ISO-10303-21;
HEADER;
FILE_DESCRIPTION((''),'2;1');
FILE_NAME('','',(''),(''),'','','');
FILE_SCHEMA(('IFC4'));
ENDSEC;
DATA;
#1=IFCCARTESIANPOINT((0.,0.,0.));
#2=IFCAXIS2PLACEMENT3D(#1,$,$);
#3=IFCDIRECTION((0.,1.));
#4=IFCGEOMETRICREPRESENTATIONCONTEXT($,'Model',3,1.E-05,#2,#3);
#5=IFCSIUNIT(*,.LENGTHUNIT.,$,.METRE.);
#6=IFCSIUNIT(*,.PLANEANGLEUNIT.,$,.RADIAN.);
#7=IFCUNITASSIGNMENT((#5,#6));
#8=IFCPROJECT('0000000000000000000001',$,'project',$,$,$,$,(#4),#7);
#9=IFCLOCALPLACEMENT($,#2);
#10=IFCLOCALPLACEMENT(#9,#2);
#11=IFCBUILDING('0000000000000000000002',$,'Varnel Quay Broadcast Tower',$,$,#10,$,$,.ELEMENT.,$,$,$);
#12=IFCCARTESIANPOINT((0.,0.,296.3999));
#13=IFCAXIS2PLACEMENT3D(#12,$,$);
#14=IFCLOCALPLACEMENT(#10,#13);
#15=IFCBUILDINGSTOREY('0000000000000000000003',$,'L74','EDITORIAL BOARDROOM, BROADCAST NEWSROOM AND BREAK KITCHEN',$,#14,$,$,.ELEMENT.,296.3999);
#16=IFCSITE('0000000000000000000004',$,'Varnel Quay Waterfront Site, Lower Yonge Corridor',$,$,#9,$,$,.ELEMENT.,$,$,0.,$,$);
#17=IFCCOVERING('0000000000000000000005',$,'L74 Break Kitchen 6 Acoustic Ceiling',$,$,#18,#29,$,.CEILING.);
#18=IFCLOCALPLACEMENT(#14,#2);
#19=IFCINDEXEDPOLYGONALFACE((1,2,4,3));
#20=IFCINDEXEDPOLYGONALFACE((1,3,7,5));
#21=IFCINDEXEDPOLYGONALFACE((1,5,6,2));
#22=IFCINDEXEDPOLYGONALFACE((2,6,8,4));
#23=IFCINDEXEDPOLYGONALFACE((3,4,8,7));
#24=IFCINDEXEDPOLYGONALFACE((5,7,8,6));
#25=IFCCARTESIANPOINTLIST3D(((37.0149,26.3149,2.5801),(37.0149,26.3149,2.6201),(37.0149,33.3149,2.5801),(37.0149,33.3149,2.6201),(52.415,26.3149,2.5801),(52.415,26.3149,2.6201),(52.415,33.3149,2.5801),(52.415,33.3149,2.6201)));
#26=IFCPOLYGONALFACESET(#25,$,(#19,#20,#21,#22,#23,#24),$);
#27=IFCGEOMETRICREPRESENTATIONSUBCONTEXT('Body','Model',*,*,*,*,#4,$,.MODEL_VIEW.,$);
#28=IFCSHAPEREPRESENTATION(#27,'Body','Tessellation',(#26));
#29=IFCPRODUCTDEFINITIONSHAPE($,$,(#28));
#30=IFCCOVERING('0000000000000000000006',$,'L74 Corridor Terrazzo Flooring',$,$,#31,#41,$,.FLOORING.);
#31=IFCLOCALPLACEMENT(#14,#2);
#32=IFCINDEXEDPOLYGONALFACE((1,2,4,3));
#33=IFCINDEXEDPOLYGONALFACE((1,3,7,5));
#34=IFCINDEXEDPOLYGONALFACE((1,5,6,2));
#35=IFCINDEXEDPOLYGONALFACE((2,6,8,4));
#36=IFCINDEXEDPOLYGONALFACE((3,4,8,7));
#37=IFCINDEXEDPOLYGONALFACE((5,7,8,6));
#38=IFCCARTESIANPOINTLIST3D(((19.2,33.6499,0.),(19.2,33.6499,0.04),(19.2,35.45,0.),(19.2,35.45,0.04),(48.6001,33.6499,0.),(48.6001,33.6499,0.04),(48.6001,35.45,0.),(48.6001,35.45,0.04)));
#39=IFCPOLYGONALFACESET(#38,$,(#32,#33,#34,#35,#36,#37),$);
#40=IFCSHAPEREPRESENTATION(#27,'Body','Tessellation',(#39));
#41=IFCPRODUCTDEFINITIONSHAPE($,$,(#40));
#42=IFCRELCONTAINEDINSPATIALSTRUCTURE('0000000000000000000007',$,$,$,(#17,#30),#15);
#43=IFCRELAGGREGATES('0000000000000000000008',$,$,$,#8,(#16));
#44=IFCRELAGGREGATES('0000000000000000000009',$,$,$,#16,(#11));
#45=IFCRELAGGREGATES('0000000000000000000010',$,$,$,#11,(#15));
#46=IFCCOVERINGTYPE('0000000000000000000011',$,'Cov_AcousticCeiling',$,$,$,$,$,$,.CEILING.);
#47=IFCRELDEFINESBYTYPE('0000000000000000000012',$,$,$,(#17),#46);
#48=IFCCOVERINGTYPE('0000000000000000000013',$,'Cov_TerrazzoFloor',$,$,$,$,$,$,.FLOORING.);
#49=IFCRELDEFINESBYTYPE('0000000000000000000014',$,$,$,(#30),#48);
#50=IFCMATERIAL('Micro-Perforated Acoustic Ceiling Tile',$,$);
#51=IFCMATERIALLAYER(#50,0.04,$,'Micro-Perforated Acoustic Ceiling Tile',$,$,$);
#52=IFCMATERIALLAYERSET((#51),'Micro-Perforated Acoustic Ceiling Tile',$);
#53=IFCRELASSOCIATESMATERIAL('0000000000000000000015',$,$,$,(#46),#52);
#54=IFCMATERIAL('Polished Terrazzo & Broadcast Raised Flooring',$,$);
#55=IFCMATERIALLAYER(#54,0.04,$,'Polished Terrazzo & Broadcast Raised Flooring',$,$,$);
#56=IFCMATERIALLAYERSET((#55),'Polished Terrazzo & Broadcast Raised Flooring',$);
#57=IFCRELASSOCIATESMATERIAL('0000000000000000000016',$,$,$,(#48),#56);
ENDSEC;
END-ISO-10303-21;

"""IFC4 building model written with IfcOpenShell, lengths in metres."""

from ifc_helpers import new_model, si_unit, direction, frame, origin, place, context, subcontext, project, spatial, polyline, outline, extrude, material, layer, layer_set, type_object, element, save


model = new_model("IFC4")

# Units and contexts
model_context = context("Model", 3, precision=1e-05, world=origin(), true_north=direction((0.0, 1.0)))
body_context = subcontext(model_context, "Body", "Model", "MODEL_VIEW")
ifc_project = project(units=[si_unit("LENGTHUNIT", "METRE"), si_unit("PLANEANGLEUNIT", "RADIAN")], contexts=[model_context])

# Site, building, storey
site_placement = place(None, origin())
site = spatial("IfcSite", under=ifc_project, at=site_placement, Name="Varnel Quay Waterfront Site, Lower Yonge Corridor", CompositionType="ELEMENT", RefElevation=0.0)
building_placement = place(site_placement, origin())
building = spatial("IfcBuilding", under=site, at=building_placement, Name="Varnel Quay Broadcast Tower", CompositionType="ELEMENT")
storey_placement = place(building_placement, frame((0.0, 0.0, 296.3999)))
storey = spatial("IfcBuildingStorey", under=building, at=storey_placement, Name="L74", Description="EDITORIAL BOARDROOM, BROADCAST NEWSROOM AND BREAK KITCHEN", CompositionType="ELEMENT", Elevation=296.3999)

# Coverings
ifc_material_1 = material(Name="Micro-Perforated Acoustic Ceiling Tile")
ifc_layer_1 = layer(ifc_material_1, 0.04, Name="Micro-Perforated Acoustic Ceiling Tile")
ifc_layer_set_1 = layer_set([ifc_layer_1], Name="Micro-Perforated Acoustic Ceiling Tile")
covering_type_1 = type_object("IfcCoveringType", Name="Cov_AcousticCeiling", PredefinedType="CEILING", material=ifc_layer_set_1)
covering_1_placement = place(storey_placement, frame((0.0, 0.0, 2.5801)))
element("IfcCovering", 1, at=covering_1_placement, inside=storey, type_object=covering_type_1, Name="L74 Break Kitchen 6 Acoustic Ceiling", PredefinedType="CEILING", context=body_context, shape_type="SweptSolid", body=[
    extrude(outline(polyline([(37.0149, 26.3149), (52.415, 26.3149), (52.415, 33.3149), (37.0149, 33.3149), (37.0149, 26.3149)])), origin(), (0.0, 0.0, 1.0), 0.04),
])
ifc_material_2 = material(Name="Polished Terrazzo & Broadcast Raised Flooring")
ifc_layer_2 = layer(ifc_material_2, 0.04, Name="Polished Terrazzo & Broadcast Raised Flooring")
ifc_layer_set_2 = layer_set([ifc_layer_2], Name="Polished Terrazzo & Broadcast Raised Flooring")
covering_type_2 = type_object("IfcCoveringType", Name="Cov_TerrazzoFloor", PredefinedType="FLOORING", material=ifc_layer_set_2)
covering_2_placement = place(storey_placement, origin())
element("IfcCovering", 2, at=covering_2_placement, inside=storey, type_object=covering_type_2, Name="L74 Corridor Terrazzo Flooring", PredefinedType="FLOORING", context=body_context, shape_type="SweptSolid", body=[
    extrude(outline(polyline([(19.2, 33.6499), (48.6001, 33.6499), (48.6001, 35.45), (19.2, 35.45), (19.2, 33.6499)])), origin(), (0.0, 0.0, 1.0), 0.04),
])

save(model, "model.ifc")
